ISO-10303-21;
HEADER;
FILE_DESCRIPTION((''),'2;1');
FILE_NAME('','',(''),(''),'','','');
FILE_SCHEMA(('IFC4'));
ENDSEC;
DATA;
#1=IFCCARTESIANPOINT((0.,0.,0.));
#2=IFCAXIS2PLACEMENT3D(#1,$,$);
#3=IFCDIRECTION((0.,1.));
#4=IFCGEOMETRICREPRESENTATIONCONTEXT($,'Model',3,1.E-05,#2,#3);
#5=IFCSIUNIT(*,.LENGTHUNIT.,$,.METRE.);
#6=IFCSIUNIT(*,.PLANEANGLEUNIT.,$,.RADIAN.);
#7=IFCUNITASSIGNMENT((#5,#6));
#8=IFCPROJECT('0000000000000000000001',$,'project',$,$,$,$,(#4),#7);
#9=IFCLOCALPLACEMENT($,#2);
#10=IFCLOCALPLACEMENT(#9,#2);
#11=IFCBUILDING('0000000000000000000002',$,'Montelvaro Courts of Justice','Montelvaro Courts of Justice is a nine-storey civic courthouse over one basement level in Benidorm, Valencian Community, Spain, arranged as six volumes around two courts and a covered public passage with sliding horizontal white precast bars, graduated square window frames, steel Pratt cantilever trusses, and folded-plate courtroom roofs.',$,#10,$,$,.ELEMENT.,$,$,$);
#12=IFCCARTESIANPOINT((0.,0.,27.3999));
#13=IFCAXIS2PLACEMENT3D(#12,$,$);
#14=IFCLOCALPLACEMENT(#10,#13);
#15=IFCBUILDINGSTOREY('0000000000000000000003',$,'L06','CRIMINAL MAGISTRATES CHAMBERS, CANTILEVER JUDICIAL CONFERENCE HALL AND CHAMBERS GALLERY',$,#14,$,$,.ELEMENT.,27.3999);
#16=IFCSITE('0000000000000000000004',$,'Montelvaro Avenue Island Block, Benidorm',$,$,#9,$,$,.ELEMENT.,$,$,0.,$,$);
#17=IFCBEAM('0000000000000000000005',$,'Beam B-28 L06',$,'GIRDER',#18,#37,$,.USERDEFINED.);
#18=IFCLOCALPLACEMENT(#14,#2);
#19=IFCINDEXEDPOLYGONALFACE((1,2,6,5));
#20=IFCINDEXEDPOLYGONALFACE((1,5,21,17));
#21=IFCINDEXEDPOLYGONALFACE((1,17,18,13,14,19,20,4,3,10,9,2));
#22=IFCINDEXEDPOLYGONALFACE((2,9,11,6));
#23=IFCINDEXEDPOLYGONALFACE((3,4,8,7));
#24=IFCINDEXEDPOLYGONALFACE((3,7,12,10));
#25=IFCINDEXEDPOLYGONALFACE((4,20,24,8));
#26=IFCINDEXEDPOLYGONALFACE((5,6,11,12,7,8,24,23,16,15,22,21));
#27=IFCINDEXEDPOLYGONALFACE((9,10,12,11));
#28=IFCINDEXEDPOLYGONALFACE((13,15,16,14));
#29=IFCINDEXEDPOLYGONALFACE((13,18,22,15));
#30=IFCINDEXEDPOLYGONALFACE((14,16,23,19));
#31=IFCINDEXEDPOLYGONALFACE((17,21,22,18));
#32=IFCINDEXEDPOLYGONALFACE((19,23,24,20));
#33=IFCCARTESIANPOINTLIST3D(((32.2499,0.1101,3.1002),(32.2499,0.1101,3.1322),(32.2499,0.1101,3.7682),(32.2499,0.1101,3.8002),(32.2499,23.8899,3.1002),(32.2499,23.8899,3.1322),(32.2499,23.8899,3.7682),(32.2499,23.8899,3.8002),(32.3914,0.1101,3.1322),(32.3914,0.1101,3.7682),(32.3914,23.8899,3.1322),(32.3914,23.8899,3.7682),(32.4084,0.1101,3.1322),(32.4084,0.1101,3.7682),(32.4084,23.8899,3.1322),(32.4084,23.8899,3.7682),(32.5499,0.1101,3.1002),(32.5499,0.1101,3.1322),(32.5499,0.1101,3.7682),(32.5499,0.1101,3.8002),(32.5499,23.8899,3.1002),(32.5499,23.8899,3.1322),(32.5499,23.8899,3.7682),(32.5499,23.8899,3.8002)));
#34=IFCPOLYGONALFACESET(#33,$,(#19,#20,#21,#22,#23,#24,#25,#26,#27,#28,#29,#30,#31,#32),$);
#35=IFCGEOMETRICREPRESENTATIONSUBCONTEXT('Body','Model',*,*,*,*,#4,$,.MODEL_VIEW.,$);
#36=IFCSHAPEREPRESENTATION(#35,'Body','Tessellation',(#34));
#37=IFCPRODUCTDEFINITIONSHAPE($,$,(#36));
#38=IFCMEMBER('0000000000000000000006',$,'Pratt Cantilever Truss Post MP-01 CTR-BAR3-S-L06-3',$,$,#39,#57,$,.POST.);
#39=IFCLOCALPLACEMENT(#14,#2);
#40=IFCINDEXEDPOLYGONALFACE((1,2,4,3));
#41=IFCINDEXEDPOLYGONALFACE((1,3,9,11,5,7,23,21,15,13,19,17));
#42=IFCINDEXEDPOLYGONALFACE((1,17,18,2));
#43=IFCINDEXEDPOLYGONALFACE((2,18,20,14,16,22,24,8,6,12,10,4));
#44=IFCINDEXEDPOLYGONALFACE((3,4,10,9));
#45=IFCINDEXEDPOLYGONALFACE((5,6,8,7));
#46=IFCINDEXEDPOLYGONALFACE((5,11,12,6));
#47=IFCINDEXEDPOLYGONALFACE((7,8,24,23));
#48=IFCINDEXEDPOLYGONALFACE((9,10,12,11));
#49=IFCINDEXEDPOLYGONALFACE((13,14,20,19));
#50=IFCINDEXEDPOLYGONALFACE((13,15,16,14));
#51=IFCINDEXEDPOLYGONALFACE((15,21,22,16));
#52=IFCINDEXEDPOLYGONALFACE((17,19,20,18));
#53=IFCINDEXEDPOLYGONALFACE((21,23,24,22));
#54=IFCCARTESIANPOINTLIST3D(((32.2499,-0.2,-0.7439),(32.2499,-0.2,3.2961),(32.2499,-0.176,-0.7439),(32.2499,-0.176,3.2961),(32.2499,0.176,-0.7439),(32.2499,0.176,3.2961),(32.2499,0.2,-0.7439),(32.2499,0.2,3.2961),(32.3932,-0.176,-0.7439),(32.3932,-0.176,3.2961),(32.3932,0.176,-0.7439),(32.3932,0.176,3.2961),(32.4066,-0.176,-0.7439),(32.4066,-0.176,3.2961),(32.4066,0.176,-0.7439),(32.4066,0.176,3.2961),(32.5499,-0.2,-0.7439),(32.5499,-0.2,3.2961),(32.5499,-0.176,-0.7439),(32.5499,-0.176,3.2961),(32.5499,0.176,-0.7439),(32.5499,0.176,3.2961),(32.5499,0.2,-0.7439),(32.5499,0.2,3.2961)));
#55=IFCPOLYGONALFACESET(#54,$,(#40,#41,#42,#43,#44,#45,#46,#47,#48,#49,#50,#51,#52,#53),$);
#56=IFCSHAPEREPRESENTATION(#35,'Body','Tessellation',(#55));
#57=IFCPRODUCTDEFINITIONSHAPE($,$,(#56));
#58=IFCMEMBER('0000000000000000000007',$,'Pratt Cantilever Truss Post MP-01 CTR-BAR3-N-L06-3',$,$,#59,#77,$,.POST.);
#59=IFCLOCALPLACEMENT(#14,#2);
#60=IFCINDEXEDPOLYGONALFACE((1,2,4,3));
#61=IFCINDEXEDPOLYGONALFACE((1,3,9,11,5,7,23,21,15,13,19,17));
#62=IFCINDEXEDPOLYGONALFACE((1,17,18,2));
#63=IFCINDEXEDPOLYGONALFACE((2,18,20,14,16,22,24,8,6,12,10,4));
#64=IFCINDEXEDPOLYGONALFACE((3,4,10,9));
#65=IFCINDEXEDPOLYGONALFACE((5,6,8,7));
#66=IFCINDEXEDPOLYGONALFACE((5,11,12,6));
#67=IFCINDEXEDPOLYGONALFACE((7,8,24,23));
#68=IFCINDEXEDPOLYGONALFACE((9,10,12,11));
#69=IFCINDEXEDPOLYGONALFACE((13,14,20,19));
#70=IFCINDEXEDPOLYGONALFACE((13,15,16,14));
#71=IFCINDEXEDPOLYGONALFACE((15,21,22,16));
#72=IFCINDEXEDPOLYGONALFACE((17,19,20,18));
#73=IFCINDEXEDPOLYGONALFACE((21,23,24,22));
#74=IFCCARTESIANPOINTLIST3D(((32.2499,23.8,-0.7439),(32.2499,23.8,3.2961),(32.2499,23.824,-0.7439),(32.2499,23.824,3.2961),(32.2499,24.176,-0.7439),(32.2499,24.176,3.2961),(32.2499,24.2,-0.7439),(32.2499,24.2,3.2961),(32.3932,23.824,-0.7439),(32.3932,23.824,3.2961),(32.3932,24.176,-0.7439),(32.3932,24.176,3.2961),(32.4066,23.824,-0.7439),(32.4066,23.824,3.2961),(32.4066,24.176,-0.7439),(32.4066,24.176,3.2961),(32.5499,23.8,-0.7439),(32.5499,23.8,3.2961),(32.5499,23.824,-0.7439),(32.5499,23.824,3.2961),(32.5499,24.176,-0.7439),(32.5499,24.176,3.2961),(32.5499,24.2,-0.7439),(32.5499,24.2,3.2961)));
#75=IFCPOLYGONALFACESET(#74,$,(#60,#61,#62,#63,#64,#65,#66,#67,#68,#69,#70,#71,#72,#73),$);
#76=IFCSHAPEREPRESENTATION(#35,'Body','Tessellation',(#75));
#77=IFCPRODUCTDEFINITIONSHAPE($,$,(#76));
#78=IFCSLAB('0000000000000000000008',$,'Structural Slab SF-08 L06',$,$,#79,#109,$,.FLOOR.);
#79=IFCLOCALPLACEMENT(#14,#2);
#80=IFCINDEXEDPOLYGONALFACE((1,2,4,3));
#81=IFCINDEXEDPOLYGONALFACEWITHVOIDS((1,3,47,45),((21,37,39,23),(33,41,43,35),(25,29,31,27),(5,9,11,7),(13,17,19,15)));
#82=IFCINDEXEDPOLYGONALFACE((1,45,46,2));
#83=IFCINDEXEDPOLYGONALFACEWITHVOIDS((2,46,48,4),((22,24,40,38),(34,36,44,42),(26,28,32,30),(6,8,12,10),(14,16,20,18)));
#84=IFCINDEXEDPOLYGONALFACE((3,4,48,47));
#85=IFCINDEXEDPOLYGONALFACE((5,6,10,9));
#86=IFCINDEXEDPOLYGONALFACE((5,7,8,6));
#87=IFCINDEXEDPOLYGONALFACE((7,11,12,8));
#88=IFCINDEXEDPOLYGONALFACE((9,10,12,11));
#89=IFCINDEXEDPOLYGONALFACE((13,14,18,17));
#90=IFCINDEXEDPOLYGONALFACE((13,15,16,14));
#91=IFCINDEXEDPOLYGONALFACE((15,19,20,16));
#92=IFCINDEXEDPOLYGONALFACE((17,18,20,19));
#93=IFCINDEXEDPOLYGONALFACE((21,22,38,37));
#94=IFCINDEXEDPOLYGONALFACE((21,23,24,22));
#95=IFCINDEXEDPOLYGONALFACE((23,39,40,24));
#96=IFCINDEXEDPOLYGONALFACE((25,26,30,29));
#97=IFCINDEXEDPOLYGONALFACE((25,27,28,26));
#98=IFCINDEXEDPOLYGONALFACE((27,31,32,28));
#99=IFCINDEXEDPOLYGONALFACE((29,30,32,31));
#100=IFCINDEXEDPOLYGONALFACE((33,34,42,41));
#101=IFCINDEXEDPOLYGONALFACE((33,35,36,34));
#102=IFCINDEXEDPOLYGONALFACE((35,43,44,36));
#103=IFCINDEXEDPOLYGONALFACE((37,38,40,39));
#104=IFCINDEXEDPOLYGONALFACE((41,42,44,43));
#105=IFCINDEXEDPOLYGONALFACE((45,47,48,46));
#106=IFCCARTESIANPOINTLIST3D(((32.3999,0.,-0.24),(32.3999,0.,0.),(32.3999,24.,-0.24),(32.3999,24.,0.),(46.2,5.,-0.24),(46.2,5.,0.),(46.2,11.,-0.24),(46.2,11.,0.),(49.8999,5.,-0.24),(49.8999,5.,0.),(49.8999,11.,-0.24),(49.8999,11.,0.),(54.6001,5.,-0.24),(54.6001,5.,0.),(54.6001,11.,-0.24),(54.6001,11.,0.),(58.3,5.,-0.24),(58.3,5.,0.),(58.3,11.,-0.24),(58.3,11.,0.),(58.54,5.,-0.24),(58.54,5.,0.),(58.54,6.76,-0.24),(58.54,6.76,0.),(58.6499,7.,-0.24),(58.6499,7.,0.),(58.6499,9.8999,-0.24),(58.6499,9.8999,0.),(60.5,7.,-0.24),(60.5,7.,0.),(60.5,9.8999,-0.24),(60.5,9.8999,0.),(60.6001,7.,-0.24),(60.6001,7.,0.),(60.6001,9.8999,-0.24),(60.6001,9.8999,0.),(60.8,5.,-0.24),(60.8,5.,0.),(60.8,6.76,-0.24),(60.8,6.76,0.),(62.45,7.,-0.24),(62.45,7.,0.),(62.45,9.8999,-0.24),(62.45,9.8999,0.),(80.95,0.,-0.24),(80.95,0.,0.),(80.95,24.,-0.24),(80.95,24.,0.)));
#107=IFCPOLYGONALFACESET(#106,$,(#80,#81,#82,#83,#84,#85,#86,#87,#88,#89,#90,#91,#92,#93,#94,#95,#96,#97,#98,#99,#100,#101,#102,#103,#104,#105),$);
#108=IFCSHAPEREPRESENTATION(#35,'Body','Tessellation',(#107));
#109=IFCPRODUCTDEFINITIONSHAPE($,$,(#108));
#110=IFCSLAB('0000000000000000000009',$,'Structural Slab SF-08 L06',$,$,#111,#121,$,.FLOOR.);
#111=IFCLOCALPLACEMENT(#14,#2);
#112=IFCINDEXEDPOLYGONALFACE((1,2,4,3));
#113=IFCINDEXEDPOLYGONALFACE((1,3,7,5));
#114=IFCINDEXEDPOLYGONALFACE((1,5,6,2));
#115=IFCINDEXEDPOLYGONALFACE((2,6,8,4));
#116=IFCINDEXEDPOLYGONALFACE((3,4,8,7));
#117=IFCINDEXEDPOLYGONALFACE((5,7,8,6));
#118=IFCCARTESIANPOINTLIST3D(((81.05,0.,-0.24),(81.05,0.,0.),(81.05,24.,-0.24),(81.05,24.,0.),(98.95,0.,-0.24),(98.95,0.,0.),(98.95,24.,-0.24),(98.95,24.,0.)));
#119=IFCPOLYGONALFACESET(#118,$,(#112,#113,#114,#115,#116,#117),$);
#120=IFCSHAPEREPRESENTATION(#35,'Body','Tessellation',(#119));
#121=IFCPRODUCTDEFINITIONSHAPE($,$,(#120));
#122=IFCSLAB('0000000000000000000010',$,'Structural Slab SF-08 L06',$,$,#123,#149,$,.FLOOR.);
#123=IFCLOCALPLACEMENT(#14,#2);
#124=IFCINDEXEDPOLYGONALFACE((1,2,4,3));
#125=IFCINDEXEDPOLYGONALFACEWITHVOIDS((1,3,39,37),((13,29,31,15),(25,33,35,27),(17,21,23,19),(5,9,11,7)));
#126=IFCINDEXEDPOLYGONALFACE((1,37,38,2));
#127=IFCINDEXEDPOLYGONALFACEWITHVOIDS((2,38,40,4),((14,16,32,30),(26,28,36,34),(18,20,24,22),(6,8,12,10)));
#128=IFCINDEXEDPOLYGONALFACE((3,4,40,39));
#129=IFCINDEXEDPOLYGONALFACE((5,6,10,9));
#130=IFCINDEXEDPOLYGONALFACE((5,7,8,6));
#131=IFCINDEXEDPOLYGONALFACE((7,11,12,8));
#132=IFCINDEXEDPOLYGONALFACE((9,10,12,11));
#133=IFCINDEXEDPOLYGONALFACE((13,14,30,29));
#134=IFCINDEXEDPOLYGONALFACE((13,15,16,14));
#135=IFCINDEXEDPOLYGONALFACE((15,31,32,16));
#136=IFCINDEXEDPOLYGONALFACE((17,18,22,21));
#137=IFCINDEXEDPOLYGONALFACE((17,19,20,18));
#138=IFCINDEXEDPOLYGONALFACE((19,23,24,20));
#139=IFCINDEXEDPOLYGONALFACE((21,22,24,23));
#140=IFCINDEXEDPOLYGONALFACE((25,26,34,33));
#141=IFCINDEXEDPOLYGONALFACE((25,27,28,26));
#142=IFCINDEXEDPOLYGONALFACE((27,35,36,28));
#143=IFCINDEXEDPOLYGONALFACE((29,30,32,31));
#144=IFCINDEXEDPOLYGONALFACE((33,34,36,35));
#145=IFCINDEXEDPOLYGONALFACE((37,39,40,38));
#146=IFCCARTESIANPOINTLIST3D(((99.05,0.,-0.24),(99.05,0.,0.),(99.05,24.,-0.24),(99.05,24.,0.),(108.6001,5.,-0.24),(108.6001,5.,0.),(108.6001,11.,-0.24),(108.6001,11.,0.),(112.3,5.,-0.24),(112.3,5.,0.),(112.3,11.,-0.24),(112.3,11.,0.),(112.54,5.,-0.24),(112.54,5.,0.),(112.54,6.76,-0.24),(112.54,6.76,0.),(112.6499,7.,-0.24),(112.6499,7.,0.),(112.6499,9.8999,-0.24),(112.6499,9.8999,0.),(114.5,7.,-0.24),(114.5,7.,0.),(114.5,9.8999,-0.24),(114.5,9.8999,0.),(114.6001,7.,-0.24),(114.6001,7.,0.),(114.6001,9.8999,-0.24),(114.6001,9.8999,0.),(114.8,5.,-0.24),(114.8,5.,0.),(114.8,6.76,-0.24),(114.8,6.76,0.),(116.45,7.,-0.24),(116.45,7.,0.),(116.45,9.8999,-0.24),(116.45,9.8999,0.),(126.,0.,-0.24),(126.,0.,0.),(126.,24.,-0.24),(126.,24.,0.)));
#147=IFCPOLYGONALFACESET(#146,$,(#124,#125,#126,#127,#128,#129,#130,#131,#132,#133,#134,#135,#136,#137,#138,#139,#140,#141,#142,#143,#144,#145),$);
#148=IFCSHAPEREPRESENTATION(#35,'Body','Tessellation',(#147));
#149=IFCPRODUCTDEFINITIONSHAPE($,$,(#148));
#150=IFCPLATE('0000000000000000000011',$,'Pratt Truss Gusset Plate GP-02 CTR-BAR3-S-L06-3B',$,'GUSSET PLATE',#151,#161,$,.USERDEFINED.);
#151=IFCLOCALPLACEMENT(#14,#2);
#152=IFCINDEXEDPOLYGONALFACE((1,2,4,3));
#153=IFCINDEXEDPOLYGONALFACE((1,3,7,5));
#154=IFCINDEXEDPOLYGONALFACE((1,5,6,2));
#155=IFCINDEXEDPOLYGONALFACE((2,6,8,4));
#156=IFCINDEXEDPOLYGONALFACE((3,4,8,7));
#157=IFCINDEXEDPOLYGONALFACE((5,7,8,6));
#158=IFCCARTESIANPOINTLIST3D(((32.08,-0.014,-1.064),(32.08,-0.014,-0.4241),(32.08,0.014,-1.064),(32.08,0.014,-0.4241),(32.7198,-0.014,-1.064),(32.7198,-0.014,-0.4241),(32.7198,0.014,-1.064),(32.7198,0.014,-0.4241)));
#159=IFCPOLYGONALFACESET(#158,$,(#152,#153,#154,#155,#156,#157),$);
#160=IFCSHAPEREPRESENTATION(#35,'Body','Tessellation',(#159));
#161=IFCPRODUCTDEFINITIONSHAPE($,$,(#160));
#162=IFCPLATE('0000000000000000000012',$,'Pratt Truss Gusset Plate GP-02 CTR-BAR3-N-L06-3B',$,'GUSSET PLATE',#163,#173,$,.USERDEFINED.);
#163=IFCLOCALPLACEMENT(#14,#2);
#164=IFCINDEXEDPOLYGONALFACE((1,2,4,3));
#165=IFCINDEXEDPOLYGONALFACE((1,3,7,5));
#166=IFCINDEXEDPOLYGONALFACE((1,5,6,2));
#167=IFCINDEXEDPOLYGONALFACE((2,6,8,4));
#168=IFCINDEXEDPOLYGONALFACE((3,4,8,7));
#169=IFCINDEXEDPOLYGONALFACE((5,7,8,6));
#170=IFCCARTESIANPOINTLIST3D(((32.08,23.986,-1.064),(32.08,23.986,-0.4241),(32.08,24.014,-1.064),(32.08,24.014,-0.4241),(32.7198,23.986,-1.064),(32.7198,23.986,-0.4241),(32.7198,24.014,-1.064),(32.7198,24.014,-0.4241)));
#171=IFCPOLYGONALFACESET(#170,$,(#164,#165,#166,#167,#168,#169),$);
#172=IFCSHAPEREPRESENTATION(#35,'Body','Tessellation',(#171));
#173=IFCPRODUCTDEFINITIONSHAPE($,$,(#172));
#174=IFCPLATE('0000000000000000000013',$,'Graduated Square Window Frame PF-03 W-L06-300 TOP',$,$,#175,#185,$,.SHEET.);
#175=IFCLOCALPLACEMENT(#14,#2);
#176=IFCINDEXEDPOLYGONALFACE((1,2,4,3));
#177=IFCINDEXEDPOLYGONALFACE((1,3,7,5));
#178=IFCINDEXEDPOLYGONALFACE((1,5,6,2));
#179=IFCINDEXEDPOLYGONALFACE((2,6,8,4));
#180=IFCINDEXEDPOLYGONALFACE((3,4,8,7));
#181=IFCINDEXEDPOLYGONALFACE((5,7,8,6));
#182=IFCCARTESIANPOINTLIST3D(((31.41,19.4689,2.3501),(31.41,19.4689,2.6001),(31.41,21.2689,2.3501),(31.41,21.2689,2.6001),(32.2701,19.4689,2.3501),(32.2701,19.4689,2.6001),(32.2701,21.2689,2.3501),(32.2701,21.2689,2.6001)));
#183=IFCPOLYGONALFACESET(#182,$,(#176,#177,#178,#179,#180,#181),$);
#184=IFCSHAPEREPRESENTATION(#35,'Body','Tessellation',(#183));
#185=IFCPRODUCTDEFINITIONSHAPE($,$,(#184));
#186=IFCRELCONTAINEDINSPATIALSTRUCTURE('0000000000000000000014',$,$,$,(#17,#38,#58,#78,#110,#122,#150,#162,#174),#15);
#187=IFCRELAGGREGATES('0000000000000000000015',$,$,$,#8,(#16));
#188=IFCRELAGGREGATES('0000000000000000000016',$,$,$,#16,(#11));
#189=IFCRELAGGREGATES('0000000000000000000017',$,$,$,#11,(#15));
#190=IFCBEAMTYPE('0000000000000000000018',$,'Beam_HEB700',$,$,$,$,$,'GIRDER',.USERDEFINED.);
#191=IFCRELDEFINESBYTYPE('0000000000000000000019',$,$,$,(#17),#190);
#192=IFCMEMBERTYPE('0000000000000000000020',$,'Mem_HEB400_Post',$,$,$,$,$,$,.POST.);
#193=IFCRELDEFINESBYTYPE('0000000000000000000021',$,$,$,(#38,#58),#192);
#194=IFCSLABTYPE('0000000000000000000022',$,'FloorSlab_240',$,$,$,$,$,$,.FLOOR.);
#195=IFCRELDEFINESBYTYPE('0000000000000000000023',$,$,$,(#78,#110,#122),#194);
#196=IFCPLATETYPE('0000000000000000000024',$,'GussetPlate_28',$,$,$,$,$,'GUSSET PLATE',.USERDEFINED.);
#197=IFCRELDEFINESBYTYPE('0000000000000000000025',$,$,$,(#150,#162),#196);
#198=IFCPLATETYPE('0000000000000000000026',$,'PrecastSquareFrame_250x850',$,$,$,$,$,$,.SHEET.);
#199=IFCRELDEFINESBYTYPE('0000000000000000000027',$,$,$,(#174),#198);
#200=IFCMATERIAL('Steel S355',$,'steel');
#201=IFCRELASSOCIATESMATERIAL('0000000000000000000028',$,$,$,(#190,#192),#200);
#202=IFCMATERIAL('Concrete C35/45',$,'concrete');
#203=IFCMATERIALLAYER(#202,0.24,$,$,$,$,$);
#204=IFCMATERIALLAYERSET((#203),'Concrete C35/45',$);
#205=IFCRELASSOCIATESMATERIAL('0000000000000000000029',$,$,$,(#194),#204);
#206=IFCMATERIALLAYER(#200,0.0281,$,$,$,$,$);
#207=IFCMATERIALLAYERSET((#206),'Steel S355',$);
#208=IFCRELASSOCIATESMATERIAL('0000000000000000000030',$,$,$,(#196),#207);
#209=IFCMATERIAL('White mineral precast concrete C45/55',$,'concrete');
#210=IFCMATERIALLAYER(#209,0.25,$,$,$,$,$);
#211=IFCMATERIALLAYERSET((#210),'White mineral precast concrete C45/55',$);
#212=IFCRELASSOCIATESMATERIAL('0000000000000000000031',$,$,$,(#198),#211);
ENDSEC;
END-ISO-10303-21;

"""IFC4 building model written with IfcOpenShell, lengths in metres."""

from ifc_helpers import new_model, si_unit, direction, frame, origin, origin_2d, place, context, subcontext, project, spatial, polyline, rectangle, i_section, outline, extrude, material, layer, layer_set, material_profile, profile_set, type_object, element, save


model = new_model("IFC4")

# Units and contexts
model_context = context("Model", 3, precision=1e-05, world=origin(), true_north=direction((0.0, 1.0)))
body_context = subcontext(model_context, "Body", "Model", "MODEL_VIEW")
ifc_project = project(units=[si_unit("LENGTHUNIT", "METRE"), si_unit("PLANEANGLEUNIT", "RADIAN")], contexts=[model_context])

# Site, building, storey
site_placement = place(None, origin())
site = spatial("IfcSite", under=ifc_project, at=site_placement, Name="Montelvaro Avenue Island Block, Benidorm", CompositionType="ELEMENT", RefElevation=0.0)
building_placement = place(site_placement, origin())
building = spatial("IfcBuilding", under=site, at=building_placement, Name="Montelvaro Courts of Justice", Description="Montelvaro Courts of Justice is a nine-storey civic courthouse over one basement level in Benidorm, Valencian Community, Spain, arranged as six volumes around two courts and a covered public passage with sliding horizontal white precast bars, graduated square window frames, steel Pratt cantilever trusses, and folded-plate courtroom roofs.", CompositionType="ELEMENT")
storey_placement = place(building_placement, frame((0.0, 0.0, 27.3999)))
storey = spatial("IfcBuildingStorey", under=building, at=storey_placement, Name="L06", Description="CRIMINAL MAGISTRATES CHAMBERS, CANTILEVER JUDICIAL CONFERENCE HALL AND CHAMBERS GALLERY", CompositionType="ELEMENT", Elevation=27.3999)

# Beam
ifc_material_1 = material(Name="Steel S355", Category="steel")
ifc_material_profile_1 = material_profile(ifc_material_1, i_section(OverallWidth=0.3, OverallDepth=0.7, WebThickness=0.0171, FlangeThickness=0.032, at=origin_2d()), Name="HEB 700")
ifc_profile_set_1 = profile_set([ifc_material_profile_1], Name="Steel S355")
beam_type = type_object("IfcBeamType", Name="Beam_HEB700", ElementType="GIRDER", PredefinedType="USERDEFINED", material=ifc_profile_set_1)
beam_placement = place(storey_placement, frame((32.3999, 0.1101, 3.4502), z_axis=(0.0, 1.0, 0.0), x_axis=(-1.0, 0.0, 0.0)))
element("IfcBeam", 1, at=beam_placement, inside=storey, type_object=beam_type, Name="Beam B-28 L06", ObjectType="GIRDER", PredefinedType="USERDEFINED", context=body_context, shape_type="SweptSolid", body=[
    extrude(i_section(OverallWidth=0.3, OverallDepth=0.7, WebThickness=0.0171, FlangeThickness=0.032, at=origin_2d()), origin(), (0.0, 0.0, 1.0), 23.7798),
])

# Members
ifc_material_profile_2 = material_profile(ifc_material_1, i_section(OverallWidth=0.3, OverallDepth=0.3999, WebThickness=0.0134, FlangeThickness=0.0239, at=origin_2d()), Name="HEB 400")
ifc_profile_set_2 = profile_set([ifc_material_profile_2], Name="Steel S355")
member_type = type_object("IfcMemberType", Name="Mem_HEB400_Post", PredefinedType="POST", material=ifc_profile_set_2)
for number, where, z_axis, x_axis, name in (
    (2, (32.3999, 0.0, -0.7439), (0.0, 0.0, 1.0), (1.0, 0.0, 0.0), "Pratt Cantilever Truss Post MP-01 CTR-BAR3-S-L06-3"),
    (3, (32.3999, 24.0, -0.7439), (0.0, 0.0, 1.0), (1.0, 0.0, 0.0), "Pratt Cantilever Truss Post MP-01 CTR-BAR3-N-L06-3"),
):
    element("IfcMember", number, at=place(storey_placement, frame(where, z_axis=z_axis, x_axis=x_axis)), inside=storey, type_object=member_type, Name=name, PredefinedType="POST", context=body_context, shape_type="SweptSolid", body=[
        extrude(i_section(OverallWidth=0.3, OverallDepth=0.3999, WebThickness=0.0134, FlangeThickness=0.0239, at=origin_2d()), origin(), (0.0, 0.0, 1.0), 4.04),
    ])

# Slabs
ifc_material_2 = material(Name="Concrete C35/45", Category="concrete")
ifc_layer_1 = layer(ifc_material_2, 0.24)
ifc_layer_set_1 = layer_set([ifc_layer_1], Name="Concrete C35/45")
slab_type_1 = type_object("IfcSlabType", Name="FloorSlab_240", PredefinedType="FLOOR", material=ifc_layer_set_1)
slab_1_placement = place(storey_placement, frame((0.0, 0.0, -0.24)))
element("IfcSlab", 4, at=slab_1_placement, inside=storey, type_object=slab_type_1, Name="Structural Slab SF-08 L06", PredefinedType="FLOOR", context=body_context, shape_type="SweptSolid", body=[
    extrude(outline(polyline([(32.3999, 0.0), (80.95, 0.0), (80.95, 24.0), (32.3999, 24.0), (32.3999, 0.0)]), holes=[polyline([(54.6001, 5.0), (58.3, 5.0), (58.3, 11.0), (54.6001, 11.0), (54.6001, 5.0)]), polyline([(58.54, 5.0), (60.8, 5.0), (60.8, 6.76), (58.54, 6.76), (58.54, 5.0)]), polyline([(58.6499, 7.0), (60.5, 7.0), (60.5, 9.8999), (58.6499, 9.8999), (58.6499, 7.0)]), polyline([(60.6001, 7.0), (62.45, 7.0), (62.45, 9.8999), (60.6001, 9.8999), (60.6001, 7.0)]), polyline([(46.2, 5.0), (49.8999, 5.0), (49.8999, 11.0), (46.2, 11.0), (46.2, 5.0)])]), origin(), (0.0, 0.0, 1.0), 0.24),
])
slab_2_placement = place(storey_placement, frame((0.0, 0.0, -0.24)))
element("IfcSlab", 5, at=slab_2_placement, inside=storey, type_object=slab_type_1, Name="Structural Slab SF-08 L06", PredefinedType="FLOOR", context=body_context, shape_type="SweptSolid", body=[
    extrude(outline(polyline([(81.05, 0.0), (98.95, 0.0), (98.95, 24.0), (81.05, 24.0), (81.05, 0.0)])), origin(), (0.0, 0.0, 1.0), 0.24),
])
slab_3_placement = place(storey_placement, frame((0.0, 0.0, -0.24)))
element("IfcSlab", 6, at=slab_3_placement, inside=storey, type_object=slab_type_1, Name="Structural Slab SF-08 L06", PredefinedType="FLOOR", context=body_context, shape_type="SweptSolid", body=[
    extrude(outline(polyline([(99.05, 0.0), (126.0, 0.0), (126.0, 24.0), (99.05, 24.0), (99.05, 0.0)]), holes=[polyline([(108.6001, 5.0), (112.3, 5.0), (112.3, 11.0), (108.6001, 11.0), (108.6001, 5.0)]), polyline([(112.54, 5.0), (114.8, 5.0), (114.8, 6.76), (112.54, 6.76), (112.54, 5.0)]), polyline([(112.6499, 7.0), (114.5, 7.0), (114.5, 9.8999), (112.6499, 9.8999), (112.6499, 7.0)]), polyline([(114.6001, 7.0), (116.45, 7.0), (116.45, 9.8999), (114.6001, 9.8999), (114.6001, 7.0)])]), origin(), (0.0, 0.0, 1.0), 0.24),
])

# Plates
ifc_layer_2 = layer(ifc_material_1, 0.0281)
ifc_layer_set_2 = layer_set([ifc_layer_2], Name="Steel S355")
plate_type_1 = type_object("IfcPlateType", Name="GussetPlate_28", ElementType="GUSSET PLATE", PredefinedType="USERDEFINED", material=ifc_layer_set_2)
for number, where, z_axis, x_axis, name in (
    (7, (32.3999, 0.0, -1.064), (0.0, 0.0, 1.0), (1.0, 0.0, 0.0), "Pratt Truss Gusset Plate GP-02 CTR-BAR3-S-L06-3B"),
    (8, (32.3999, 24.0, -1.064), (0.0, 0.0, 1.0), (1.0, 0.0, 0.0), "Pratt Truss Gusset Plate GP-02 CTR-BAR3-N-L06-3B"),
):
    element("IfcPlate", number, at=place(storey_placement, frame(where, z_axis=z_axis, x_axis=x_axis)), inside=storey, type_object=plate_type_1, Name=name, ObjectType="GUSSET PLATE", PredefinedType="USERDEFINED", context=body_context, shape_type="SweptSolid", body=[
        extrude(rectangle(XDim=0.6399, YDim=0.0281, at=origin_2d()), origin(), (0.0, 0.0, 1.0), 0.6399),
    ])
ifc_material_3 = material(Name="White mineral precast concrete C45/55", Category="concrete")
ifc_layer_3 = layer(ifc_material_3, 0.25)
ifc_layer_set_3 = layer_set([ifc_layer_3], Name="White mineral precast concrete C45/55")
plate_type_2 = type_object("IfcPlateType", Name="PrecastSquareFrame_250x850", PredefinedType="SHEET", material=ifc_layer_set_3)
for number, where, z_axis, x_axis, name in (
    (9, (31.8401, 20.3689, 2.3501), (0.0, 0.0, 1.0), (0.0, -1.0, 0.0), "Graduated Square Window Frame PF-03 W-L06-300 TOP"),
):
    element("IfcPlate", number, at=place(storey_placement, frame(where, z_axis=z_axis, x_axis=x_axis)), inside=storey, type_object=plate_type_2, Name=name, PredefinedType="SHEET", context=body_context, shape_type="SweptSolid", body=[
        extrude(rectangle(XDim=1.8, YDim=0.8601, at=origin_2d()), origin(), (0.0, 0.0, 1.0), 0.25),
    ])

save(model, "model.ifc")
